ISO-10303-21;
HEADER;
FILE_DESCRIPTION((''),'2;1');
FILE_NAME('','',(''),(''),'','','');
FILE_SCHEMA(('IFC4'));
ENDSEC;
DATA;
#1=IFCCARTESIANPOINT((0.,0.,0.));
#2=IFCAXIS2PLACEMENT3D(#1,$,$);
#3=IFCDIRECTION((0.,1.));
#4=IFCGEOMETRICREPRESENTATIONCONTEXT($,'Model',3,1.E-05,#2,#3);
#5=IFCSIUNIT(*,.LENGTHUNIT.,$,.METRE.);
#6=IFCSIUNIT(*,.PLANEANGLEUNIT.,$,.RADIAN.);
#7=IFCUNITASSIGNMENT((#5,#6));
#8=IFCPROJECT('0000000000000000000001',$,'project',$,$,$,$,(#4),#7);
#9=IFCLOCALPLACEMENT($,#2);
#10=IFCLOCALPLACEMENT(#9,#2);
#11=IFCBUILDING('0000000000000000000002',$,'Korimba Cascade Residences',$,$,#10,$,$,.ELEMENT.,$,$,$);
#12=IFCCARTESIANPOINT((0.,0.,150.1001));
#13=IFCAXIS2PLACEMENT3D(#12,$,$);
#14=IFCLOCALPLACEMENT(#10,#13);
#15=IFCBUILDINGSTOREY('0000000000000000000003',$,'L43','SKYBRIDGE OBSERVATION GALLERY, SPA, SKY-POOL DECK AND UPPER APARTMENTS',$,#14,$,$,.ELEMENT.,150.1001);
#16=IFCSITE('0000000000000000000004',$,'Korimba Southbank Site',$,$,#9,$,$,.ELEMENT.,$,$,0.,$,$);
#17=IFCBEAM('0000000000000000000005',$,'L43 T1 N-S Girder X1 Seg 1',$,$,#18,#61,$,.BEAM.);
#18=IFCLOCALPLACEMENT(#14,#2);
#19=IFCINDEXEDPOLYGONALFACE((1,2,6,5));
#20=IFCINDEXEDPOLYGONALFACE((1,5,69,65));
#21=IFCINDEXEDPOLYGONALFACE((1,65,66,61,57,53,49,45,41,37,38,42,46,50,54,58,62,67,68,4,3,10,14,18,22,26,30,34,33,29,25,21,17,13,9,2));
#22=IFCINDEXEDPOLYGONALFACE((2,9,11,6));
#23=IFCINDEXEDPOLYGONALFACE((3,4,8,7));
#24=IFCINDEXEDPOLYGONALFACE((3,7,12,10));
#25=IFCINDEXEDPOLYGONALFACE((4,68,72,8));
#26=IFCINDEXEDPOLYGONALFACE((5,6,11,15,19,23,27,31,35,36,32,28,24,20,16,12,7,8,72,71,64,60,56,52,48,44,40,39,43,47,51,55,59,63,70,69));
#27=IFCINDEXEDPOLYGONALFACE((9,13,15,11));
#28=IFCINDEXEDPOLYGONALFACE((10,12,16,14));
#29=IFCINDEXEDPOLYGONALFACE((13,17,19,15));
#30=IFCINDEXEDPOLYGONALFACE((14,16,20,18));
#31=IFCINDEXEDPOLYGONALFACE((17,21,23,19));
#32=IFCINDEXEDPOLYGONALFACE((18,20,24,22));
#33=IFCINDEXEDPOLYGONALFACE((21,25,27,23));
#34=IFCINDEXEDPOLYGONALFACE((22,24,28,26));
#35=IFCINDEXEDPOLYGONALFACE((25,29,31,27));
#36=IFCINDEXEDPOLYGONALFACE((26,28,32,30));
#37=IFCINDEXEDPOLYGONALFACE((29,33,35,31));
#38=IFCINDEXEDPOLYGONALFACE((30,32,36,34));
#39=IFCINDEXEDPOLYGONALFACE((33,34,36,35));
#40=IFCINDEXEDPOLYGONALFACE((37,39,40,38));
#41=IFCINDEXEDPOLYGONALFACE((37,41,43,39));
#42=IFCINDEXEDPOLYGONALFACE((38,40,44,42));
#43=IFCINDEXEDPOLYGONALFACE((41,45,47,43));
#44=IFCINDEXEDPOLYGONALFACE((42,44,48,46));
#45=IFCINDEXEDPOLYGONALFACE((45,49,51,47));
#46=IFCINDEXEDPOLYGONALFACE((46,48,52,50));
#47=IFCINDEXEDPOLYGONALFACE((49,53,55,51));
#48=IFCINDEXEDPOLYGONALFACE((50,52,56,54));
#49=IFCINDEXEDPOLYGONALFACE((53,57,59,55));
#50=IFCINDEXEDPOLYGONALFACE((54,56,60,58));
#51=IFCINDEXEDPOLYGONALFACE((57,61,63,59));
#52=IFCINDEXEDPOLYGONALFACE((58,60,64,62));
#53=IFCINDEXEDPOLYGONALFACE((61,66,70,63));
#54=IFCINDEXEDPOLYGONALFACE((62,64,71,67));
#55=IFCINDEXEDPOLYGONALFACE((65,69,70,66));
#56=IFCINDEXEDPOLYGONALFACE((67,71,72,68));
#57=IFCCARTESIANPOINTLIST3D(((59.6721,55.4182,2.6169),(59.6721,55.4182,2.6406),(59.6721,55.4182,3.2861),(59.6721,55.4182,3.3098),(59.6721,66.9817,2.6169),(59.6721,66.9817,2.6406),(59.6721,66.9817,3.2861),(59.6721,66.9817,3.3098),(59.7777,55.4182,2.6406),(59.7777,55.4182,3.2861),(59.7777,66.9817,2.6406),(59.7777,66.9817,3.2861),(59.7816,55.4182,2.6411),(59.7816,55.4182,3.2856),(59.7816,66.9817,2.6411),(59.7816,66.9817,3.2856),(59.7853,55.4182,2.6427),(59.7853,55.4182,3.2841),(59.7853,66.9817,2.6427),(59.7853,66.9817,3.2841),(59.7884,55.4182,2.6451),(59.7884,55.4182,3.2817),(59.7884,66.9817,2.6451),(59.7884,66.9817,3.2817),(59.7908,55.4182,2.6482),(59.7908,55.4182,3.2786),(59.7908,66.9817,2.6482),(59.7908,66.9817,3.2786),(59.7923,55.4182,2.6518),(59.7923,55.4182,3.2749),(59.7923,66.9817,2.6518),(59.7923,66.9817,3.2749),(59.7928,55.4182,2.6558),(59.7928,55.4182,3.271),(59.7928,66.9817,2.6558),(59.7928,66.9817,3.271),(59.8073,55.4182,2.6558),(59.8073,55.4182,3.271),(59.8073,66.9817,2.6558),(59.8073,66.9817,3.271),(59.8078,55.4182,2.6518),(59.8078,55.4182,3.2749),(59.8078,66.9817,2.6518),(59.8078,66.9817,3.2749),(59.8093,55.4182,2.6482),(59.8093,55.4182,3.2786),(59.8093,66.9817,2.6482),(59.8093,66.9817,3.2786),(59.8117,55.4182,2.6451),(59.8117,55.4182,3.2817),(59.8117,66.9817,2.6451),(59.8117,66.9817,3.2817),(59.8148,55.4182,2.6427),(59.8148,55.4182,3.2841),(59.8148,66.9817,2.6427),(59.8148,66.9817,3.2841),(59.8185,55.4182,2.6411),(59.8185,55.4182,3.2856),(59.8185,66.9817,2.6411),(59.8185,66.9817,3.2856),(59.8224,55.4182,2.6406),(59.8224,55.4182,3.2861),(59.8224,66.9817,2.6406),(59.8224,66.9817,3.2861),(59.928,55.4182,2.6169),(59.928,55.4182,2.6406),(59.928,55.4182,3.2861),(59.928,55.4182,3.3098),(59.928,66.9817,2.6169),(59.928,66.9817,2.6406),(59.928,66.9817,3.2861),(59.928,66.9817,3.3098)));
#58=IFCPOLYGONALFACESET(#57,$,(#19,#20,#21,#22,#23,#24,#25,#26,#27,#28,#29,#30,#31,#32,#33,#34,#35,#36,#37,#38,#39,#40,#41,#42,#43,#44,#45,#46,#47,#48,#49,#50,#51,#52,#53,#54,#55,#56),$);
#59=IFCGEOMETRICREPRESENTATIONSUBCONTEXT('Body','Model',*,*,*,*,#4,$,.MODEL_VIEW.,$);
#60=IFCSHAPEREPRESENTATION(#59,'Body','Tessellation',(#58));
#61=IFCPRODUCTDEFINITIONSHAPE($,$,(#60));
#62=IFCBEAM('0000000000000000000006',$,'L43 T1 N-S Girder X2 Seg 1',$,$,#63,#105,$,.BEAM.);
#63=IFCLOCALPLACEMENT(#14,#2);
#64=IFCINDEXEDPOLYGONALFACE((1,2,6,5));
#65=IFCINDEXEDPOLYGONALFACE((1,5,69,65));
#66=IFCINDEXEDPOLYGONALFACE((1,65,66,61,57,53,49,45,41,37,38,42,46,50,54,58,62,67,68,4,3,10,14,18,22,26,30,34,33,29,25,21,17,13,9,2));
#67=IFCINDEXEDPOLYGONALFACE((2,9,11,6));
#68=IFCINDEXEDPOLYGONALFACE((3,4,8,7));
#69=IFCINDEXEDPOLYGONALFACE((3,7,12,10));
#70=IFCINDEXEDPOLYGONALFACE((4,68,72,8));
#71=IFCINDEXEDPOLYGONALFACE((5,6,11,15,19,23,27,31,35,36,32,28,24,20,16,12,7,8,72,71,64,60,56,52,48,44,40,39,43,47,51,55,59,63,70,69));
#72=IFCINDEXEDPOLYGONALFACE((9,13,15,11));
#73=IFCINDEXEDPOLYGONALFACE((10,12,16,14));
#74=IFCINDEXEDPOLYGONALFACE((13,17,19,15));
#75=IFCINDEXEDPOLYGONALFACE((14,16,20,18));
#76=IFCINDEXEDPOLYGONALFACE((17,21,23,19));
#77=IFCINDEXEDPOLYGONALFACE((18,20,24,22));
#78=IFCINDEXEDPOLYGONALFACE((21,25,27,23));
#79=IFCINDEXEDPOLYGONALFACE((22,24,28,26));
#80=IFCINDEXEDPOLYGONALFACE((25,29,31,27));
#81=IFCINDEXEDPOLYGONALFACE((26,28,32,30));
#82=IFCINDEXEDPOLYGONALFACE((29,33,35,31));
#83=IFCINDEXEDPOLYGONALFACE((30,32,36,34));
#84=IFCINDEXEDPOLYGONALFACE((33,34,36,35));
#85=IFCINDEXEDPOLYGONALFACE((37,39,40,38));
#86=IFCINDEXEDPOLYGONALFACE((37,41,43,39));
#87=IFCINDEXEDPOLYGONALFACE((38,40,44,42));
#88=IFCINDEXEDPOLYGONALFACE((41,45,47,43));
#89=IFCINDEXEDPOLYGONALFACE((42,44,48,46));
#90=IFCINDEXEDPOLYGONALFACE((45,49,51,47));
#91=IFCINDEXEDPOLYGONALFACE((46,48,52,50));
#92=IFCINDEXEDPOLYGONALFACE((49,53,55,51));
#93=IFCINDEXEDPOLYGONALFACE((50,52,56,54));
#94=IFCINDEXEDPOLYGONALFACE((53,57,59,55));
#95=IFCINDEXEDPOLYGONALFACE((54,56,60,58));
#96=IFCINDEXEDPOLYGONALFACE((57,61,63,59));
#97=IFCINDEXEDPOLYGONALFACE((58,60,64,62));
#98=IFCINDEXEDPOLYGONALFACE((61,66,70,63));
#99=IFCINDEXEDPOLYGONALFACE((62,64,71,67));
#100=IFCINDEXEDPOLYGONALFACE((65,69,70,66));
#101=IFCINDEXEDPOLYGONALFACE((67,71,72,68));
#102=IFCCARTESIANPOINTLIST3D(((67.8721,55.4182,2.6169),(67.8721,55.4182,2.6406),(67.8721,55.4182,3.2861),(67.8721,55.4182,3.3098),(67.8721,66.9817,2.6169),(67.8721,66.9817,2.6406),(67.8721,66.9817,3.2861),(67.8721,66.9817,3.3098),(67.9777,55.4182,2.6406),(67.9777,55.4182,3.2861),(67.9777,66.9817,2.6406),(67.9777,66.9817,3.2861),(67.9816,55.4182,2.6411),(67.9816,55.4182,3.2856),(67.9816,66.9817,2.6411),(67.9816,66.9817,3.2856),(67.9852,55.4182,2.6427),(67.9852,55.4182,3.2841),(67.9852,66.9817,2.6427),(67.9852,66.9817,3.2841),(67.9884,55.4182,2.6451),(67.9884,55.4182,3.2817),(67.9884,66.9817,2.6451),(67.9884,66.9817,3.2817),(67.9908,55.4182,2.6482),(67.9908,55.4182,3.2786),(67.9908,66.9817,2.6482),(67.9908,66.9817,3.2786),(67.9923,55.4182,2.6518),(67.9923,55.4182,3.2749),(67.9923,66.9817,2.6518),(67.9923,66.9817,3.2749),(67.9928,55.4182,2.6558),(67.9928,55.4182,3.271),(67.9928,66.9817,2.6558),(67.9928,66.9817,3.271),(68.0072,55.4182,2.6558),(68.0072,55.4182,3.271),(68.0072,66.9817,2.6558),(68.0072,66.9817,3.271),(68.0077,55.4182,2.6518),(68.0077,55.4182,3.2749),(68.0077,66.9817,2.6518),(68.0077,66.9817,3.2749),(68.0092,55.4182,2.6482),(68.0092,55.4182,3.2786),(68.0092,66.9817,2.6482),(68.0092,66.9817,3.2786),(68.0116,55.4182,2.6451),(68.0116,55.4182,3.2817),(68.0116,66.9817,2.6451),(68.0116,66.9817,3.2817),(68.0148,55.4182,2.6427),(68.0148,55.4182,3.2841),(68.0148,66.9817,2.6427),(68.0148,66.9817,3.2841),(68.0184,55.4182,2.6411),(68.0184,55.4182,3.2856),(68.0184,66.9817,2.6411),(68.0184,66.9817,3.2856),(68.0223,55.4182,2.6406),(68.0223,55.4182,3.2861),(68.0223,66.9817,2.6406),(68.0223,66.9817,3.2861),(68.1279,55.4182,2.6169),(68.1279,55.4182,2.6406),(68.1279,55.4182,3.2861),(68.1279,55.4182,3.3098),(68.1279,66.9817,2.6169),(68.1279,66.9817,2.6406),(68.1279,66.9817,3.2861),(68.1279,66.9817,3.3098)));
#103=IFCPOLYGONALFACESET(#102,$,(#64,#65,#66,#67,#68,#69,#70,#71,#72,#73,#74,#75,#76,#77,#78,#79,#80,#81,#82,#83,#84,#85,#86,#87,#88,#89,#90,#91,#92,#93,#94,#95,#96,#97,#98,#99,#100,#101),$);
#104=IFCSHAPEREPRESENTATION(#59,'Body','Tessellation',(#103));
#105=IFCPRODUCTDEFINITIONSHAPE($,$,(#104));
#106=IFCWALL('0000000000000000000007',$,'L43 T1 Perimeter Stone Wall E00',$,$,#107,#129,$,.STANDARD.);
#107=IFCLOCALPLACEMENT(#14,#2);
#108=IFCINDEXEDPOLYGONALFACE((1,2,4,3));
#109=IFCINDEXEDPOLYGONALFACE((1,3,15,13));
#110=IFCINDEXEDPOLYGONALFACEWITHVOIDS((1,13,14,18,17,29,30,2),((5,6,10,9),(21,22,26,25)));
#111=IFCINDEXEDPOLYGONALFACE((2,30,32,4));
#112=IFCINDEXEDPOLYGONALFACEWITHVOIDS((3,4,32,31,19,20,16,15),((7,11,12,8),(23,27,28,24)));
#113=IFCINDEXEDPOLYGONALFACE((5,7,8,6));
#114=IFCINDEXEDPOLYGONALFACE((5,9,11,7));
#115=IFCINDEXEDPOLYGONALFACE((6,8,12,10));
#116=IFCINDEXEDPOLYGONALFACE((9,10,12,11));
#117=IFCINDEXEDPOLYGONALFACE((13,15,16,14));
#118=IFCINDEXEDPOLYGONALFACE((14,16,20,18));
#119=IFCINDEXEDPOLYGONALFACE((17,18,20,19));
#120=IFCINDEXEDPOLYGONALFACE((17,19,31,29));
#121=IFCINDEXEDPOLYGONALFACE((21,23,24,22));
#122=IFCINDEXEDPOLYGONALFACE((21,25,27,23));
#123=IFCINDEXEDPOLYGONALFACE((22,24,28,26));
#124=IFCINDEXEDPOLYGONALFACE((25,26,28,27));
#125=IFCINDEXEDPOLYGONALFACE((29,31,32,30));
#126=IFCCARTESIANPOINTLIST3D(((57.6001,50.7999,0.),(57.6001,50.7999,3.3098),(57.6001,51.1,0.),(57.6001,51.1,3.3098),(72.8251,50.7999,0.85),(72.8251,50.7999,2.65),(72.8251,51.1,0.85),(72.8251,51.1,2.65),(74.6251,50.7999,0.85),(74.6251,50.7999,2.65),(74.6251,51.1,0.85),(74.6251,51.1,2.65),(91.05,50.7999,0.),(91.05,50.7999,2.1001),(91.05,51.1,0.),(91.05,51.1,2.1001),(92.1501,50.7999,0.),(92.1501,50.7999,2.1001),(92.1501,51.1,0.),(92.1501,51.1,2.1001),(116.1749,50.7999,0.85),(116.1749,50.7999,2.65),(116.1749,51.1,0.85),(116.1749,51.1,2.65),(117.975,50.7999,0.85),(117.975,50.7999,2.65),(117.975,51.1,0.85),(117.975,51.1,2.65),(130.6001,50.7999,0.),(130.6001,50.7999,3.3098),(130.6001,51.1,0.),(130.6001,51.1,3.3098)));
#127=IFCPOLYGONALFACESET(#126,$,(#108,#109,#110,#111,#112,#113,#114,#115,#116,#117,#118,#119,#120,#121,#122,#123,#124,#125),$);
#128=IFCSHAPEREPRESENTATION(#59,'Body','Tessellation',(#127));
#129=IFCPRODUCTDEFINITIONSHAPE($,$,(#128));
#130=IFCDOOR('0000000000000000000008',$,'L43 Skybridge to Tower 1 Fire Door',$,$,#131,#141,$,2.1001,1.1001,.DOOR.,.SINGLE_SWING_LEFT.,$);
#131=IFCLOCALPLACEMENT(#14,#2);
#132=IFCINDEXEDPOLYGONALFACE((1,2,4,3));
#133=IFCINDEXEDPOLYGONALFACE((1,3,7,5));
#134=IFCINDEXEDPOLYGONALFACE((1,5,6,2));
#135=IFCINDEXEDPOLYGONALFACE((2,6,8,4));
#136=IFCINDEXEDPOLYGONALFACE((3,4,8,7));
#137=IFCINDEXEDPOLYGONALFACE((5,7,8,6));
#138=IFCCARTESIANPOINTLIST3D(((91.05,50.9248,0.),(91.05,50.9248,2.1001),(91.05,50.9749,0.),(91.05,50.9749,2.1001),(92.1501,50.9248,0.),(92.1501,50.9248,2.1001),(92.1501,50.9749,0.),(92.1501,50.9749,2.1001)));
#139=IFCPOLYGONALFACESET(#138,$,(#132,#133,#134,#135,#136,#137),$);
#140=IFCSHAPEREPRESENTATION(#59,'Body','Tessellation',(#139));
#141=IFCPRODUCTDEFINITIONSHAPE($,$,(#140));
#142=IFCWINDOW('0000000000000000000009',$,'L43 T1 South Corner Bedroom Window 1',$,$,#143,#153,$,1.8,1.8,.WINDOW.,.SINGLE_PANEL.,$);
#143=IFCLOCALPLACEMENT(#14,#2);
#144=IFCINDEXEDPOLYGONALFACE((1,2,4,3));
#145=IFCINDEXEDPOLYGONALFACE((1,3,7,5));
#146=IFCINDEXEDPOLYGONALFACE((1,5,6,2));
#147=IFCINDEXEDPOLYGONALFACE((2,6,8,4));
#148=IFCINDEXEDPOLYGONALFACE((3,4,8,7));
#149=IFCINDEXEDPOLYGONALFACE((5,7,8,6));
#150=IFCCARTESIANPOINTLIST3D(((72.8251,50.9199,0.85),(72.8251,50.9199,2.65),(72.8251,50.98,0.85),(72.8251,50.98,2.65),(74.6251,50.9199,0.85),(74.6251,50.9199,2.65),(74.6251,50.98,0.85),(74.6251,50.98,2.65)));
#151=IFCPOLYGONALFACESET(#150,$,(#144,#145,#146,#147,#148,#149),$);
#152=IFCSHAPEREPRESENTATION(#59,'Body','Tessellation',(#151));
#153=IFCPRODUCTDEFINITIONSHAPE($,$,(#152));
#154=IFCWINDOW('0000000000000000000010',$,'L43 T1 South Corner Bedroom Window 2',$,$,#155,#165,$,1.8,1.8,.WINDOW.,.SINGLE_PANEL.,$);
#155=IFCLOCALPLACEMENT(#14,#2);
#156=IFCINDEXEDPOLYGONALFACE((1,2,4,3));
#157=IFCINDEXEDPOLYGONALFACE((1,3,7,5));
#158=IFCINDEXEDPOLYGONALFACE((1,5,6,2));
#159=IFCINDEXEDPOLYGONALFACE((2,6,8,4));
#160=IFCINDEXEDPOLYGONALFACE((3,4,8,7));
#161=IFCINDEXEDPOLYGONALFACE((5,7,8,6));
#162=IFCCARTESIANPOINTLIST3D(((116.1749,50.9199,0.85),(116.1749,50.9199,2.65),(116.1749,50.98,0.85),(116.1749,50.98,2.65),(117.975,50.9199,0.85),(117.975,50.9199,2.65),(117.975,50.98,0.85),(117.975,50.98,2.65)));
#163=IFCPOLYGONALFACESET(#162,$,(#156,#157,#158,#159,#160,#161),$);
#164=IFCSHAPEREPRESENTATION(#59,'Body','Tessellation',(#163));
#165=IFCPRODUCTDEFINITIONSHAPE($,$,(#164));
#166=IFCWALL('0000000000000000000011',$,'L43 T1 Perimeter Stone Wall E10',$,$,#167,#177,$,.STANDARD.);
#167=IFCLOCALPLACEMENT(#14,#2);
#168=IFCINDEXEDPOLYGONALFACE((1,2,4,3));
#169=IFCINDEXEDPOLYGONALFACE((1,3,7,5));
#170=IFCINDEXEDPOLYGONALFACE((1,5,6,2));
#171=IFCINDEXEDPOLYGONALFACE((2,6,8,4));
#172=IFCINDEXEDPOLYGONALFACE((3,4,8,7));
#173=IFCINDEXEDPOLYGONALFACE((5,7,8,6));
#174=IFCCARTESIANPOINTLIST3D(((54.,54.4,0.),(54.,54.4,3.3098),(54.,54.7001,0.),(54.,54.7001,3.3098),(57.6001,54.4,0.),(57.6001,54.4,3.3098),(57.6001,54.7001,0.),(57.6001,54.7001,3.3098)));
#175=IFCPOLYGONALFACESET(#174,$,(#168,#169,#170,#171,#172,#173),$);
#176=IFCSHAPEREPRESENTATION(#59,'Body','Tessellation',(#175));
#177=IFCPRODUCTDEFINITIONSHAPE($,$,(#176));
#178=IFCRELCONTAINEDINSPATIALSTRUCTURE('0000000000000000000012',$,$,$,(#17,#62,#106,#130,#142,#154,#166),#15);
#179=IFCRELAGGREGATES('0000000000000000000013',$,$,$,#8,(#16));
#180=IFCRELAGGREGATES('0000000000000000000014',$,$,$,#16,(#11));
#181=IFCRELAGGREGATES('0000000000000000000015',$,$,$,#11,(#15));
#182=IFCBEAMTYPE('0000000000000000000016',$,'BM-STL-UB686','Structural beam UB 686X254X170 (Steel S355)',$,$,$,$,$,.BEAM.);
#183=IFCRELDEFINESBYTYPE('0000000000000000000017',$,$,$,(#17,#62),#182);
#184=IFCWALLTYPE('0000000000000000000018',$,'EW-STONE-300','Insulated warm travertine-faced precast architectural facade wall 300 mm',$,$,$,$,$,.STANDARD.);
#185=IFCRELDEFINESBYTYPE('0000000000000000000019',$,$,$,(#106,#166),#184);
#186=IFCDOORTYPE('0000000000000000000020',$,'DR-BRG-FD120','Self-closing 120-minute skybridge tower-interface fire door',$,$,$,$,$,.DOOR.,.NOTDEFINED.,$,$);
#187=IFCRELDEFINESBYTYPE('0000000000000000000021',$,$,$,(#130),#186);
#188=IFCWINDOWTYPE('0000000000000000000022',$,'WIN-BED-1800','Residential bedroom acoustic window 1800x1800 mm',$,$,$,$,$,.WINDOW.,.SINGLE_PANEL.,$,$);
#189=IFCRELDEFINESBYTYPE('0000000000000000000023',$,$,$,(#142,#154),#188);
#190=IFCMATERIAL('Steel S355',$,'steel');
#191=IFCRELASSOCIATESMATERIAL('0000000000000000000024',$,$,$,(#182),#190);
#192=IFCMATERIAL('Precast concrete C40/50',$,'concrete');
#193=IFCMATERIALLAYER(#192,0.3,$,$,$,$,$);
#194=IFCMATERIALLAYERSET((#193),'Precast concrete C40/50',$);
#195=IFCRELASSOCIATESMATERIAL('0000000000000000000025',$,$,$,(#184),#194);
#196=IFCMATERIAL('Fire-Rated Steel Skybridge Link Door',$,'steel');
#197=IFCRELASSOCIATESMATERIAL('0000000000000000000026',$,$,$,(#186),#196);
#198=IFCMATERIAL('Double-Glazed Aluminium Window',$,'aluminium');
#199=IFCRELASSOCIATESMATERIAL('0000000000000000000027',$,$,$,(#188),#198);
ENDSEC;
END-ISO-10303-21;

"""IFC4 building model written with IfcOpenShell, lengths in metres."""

from ifc_helpers import new_model, si_unit, direction, frame, frame_2d, origin, origin_2d, place, context, subcontext, project, spatial, rectangle, i_section, extrude, material, layer, layer_set, material_profile, profile_set, type_object, element, fill, save


model = new_model("IFC4")

# Units and contexts
model_context = context("Model", 3, precision=1e-05, world=origin(), true_north=direction((0.0, 1.0)))
body_context = subcontext(model_context, "Body", "Model", "MODEL_VIEW")
ifc_project = project(units=[si_unit("LENGTHUNIT", "METRE"), si_unit("PLANEANGLEUNIT", "RADIAN")], contexts=[model_context])

# Site, building, storey
site_placement = place(None, origin())
site = spatial("IfcSite", under=ifc_project, at=site_placement, Name="Korimba Southbank Site", CompositionType="ELEMENT", RefElevation=0.0)
building_placement = place(site_placement, origin())
building = spatial("IfcBuilding", under=site, at=building_placement, Name="Korimba Cascade Residences", CompositionType="ELEMENT")
storey_placement = place(building_placement, frame((0.0, 0.0, 150.1001)))
storey = spatial("IfcBuildingStorey", under=building, at=storey_placement, Name="L43", Description="SKYBRIDGE OBSERVATION GALLERY, SPA, SKY-POOL DECK AND UPPER APARTMENTS", CompositionType="ELEMENT", Elevation=150.1001)

# Beams
ifc_material_1 = material(Name="Steel S355", Category="steel")
ifc_material_profile_1 = material_profile(ifc_material_1, i_section(OverallWidth=0.2559, OverallDepth=0.6929, WebThickness=0.0144, FlangeThickness=0.0237, FilletRadius=0.0151, at=origin_2d()), Name="Steel S355")
ifc_profile_set_1 = profile_set([ifc_material_profile_1], Name="Steel S355")
beam_type_1 = type_object("IfcBeamType", Name="BM-STL-UB686", Description="Structural beam UB 686X254X170 (Steel S355)", PredefinedType="BEAM", material=ifc_profile_set_1)
for number, where, z_axis, x_axis, name in (
    (1, (59.8, 55.4182, 2.9634), (0.0, 1.0, 0.0), (-1.0, 0.0, 0.0), "L43 T1 N-S Girder X1 Seg 1"),
    (2, (68.0, 55.4182, 2.9634), (0.0, 1.0, 0.0), (-1.0, 0.0, 0.0), "L43 T1 N-S Girder X2 Seg 1"),
):
    element("IfcBeam", number, at=place(storey_placement, frame(where, z_axis=z_axis, x_axis=x_axis)), inside=storey, type_object=beam_type_1, Name=name, PredefinedType="BEAM", context=body_context, shape_type="SweptSolid", body=[
        extrude(i_section(OverallWidth=0.2559, OverallDepth=0.6929, WebThickness=0.0144, FlangeThickness=0.0237, FilletRadius=0.0151, at=origin_2d()), origin(), (0.0, 0.0, 1.0), 11.5635),
    ])

# Wall, openings, door, windows
ifc_material_2 = material(Name="Precast concrete C40/50", Category="concrete")
ifc_layer_1 = layer(ifc_material_2, 0.3)
ifc_layer_set_1 = layer_set([ifc_layer_1], Name="Precast concrete C40/50")
wall_type_1 = type_object("IfcWallType", Name="EW-STONE-300", Description="Insulated warm travertine-faced precast architectural facade wall 300 mm", PredefinedType="STANDARD", material=ifc_layer_set_1)
wall_1_placement = place(storey_placement, frame((57.6001, 50.95, 0.0), z_axis=(0.0, 0.0, 1.0), x_axis=(1.0, 0.0, 0.0)))
wall_1 = element("IfcWall", 3, at=wall_1_placement, inside=storey, type_object=wall_type_1, Name="L43 T1 Perimeter Stone Wall E00", PredefinedType="STANDARD", context=body_context, shape_type="SweptSolid", body=[
    extrude(rectangle(XDim=73.0, YDim=0.3, at=frame_2d((36.5, 0.0))), origin(), (0.0, 0.0, 1.0), 3.3098),
])
opening_1_placement = place(wall_1_placement, frame((15.2251, 0.0, 0.8501)))
opening_1 = element("IfcOpeningElement", 4, at=opening_1_placement, cuts=wall_1, PredefinedType="OPENING", context=body_context, shape_type="SweptSolid", body=[
    extrude(rectangle(XDim=1.8, YDim=1.8, at=frame_2d((0.8999, 0.8999))), frame((0.0, 0.1602, 0.0), z_axis=(0.0, -1.0, 0.0), x_axis=(1.0, 0.0, 0.0)), (0.0, 0.0, 1.0), 0.3201),
])
opening_2_placement = place(wall_1_placement, frame((58.575, 0.0, 0.8501)))
opening_2 = element("IfcOpeningElement", 5, at=opening_2_placement, cuts=wall_1, PredefinedType="OPENING", context=body_context, shape_type="SweptSolid", body=[
    extrude(rectangle(XDim=1.8, YDim=1.8, at=frame_2d((0.8999, 0.8999))), frame((0.0, 0.1602, 0.0), z_axis=(0.0, -1.0, 0.0), x_axis=(1.0, 0.0, 0.0)), (0.0, 0.0, 1.0), 0.3201),
])
opening_3_placement = place(wall_1_placement, frame((33.45, 0.0, 0.0)))
opening_3 = element("IfcOpeningElement", 6, at=opening_3_placement, cuts=wall_1, PredefinedType="OPENING", context=body_context, shape_type="SweptSolid", body=[
    extrude(rectangle(XDim=1.1001, YDim=2.1001, at=frame_2d((0.55, 1.05))), frame((0.0, 0.1602, 0.0), z_axis=(0.0, -1.0, 0.0), x_axis=(1.0, 0.0, 0.0)), (0.0, 0.0, 1.0), 0.3201),
])
ifc_material_3 = material(Name="Fire-Rated Steel Skybridge Link Door", Category="steel")
door_type_1 = type_object("IfcDoorType", Name="DR-BRG-FD120", Description="Self-closing 120-minute skybridge tower-interface fire door", OperationType="NOTDEFINED", PredefinedType="DOOR", material=ifc_material_3)
door_1_placement = place(opening_3_placement, origin())
door_1 = element("IfcDoor", 7, at=door_1_placement, inside=storey, type_object=door_type_1, Name="L43 Skybridge to Tower 1 Fire Door", OperationType="SINGLE_SWING_LEFT", OverallHeight=2.1001, OverallWidth=1.1001, PredefinedType="DOOR", context=body_context, shape_type="SweptSolid", body=[
    extrude(rectangle(XDim=1.1001, YDim=2.1001, at=frame_2d((0.55, 1.05))), frame((0.0, 0.0249, 0.0), z_axis=(0.0, -1.0, 0.0), x_axis=(1.0, 0.0, 0.0)), (0.0, 0.0, 1.0), 0.05),
])
fill(opening_3, door_1)
ifc_material_4 = material(Name="Double-Glazed Aluminium Window", Category="aluminium")
window_type = type_object("IfcWindowType", Name="WIN-BED-1800", Description="Residential bedroom acoustic window 1800x1800 mm", PartitioningType="SINGLE_PANEL", PredefinedType="WINDOW", material=ifc_material_4)
window_1_placement = place(opening_1_placement, origin())
window_1 = element("IfcWindow", 8, at=window_1_placement, inside=storey, type_object=window_type, Name="L43 T1 South Corner Bedroom Window 1", OverallHeight=1.8, OverallWidth=1.8, PartitioningType="SINGLE_PANEL", PredefinedType="WINDOW", context=body_context, shape_type="SweptSolid", body=[
    extrude(rectangle(XDim=1.8, YDim=1.8, at=frame_2d((0.8999, 0.8999))), frame((0.0, 0.03, 0.0), z_axis=(0.0, -1.0, 0.0), x_axis=(1.0, 0.0, 0.0)), (0.0, 0.0, 1.0), 0.0601),
])
fill(opening_1, window_1)
window_2_placement = place(opening_2_placement, origin())
window_2 = element("IfcWindow", 9, at=window_2_placement, inside=storey, type_object=window_type, Name="L43 T1 South Corner Bedroom Window 2", OverallHeight=1.8, OverallWidth=1.8, PartitioningType="SINGLE_PANEL", PredefinedType="WINDOW", context=body_context, shape_type="SweptSolid", body=[
    extrude(rectangle(XDim=1.8, YDim=1.8, at=frame_2d((0.8999, 0.8999))), frame((0.0, 0.03, 0.0), z_axis=(0.0, -1.0, 0.0), x_axis=(1.0, 0.0, 0.0)), (0.0, 0.0, 1.0), 0.0601),
])
fill(opening_2, window_2)

# Wall
wall_2_placement = place(storey_placement, frame((54.0, 54.55, 0.0), z_axis=(0.0, 0.0, 1.0), x_axis=(1.0, 0.0, 0.0)))
element("IfcWall", 10, at=wall_2_placement, inside=storey, type_object=wall_type_1, Name="L43 T1 Perimeter Stone Wall E10", PredefinedType="STANDARD", context=body_context, shape_type="SweptSolid", body=[
    extrude(rectangle(XDim=3.6001, YDim=0.3, at=frame_2d((1.8, 0.0))), origin(), (0.0, 0.0, 1.0), 3.3098),
])

save(model, "model.ifc")
